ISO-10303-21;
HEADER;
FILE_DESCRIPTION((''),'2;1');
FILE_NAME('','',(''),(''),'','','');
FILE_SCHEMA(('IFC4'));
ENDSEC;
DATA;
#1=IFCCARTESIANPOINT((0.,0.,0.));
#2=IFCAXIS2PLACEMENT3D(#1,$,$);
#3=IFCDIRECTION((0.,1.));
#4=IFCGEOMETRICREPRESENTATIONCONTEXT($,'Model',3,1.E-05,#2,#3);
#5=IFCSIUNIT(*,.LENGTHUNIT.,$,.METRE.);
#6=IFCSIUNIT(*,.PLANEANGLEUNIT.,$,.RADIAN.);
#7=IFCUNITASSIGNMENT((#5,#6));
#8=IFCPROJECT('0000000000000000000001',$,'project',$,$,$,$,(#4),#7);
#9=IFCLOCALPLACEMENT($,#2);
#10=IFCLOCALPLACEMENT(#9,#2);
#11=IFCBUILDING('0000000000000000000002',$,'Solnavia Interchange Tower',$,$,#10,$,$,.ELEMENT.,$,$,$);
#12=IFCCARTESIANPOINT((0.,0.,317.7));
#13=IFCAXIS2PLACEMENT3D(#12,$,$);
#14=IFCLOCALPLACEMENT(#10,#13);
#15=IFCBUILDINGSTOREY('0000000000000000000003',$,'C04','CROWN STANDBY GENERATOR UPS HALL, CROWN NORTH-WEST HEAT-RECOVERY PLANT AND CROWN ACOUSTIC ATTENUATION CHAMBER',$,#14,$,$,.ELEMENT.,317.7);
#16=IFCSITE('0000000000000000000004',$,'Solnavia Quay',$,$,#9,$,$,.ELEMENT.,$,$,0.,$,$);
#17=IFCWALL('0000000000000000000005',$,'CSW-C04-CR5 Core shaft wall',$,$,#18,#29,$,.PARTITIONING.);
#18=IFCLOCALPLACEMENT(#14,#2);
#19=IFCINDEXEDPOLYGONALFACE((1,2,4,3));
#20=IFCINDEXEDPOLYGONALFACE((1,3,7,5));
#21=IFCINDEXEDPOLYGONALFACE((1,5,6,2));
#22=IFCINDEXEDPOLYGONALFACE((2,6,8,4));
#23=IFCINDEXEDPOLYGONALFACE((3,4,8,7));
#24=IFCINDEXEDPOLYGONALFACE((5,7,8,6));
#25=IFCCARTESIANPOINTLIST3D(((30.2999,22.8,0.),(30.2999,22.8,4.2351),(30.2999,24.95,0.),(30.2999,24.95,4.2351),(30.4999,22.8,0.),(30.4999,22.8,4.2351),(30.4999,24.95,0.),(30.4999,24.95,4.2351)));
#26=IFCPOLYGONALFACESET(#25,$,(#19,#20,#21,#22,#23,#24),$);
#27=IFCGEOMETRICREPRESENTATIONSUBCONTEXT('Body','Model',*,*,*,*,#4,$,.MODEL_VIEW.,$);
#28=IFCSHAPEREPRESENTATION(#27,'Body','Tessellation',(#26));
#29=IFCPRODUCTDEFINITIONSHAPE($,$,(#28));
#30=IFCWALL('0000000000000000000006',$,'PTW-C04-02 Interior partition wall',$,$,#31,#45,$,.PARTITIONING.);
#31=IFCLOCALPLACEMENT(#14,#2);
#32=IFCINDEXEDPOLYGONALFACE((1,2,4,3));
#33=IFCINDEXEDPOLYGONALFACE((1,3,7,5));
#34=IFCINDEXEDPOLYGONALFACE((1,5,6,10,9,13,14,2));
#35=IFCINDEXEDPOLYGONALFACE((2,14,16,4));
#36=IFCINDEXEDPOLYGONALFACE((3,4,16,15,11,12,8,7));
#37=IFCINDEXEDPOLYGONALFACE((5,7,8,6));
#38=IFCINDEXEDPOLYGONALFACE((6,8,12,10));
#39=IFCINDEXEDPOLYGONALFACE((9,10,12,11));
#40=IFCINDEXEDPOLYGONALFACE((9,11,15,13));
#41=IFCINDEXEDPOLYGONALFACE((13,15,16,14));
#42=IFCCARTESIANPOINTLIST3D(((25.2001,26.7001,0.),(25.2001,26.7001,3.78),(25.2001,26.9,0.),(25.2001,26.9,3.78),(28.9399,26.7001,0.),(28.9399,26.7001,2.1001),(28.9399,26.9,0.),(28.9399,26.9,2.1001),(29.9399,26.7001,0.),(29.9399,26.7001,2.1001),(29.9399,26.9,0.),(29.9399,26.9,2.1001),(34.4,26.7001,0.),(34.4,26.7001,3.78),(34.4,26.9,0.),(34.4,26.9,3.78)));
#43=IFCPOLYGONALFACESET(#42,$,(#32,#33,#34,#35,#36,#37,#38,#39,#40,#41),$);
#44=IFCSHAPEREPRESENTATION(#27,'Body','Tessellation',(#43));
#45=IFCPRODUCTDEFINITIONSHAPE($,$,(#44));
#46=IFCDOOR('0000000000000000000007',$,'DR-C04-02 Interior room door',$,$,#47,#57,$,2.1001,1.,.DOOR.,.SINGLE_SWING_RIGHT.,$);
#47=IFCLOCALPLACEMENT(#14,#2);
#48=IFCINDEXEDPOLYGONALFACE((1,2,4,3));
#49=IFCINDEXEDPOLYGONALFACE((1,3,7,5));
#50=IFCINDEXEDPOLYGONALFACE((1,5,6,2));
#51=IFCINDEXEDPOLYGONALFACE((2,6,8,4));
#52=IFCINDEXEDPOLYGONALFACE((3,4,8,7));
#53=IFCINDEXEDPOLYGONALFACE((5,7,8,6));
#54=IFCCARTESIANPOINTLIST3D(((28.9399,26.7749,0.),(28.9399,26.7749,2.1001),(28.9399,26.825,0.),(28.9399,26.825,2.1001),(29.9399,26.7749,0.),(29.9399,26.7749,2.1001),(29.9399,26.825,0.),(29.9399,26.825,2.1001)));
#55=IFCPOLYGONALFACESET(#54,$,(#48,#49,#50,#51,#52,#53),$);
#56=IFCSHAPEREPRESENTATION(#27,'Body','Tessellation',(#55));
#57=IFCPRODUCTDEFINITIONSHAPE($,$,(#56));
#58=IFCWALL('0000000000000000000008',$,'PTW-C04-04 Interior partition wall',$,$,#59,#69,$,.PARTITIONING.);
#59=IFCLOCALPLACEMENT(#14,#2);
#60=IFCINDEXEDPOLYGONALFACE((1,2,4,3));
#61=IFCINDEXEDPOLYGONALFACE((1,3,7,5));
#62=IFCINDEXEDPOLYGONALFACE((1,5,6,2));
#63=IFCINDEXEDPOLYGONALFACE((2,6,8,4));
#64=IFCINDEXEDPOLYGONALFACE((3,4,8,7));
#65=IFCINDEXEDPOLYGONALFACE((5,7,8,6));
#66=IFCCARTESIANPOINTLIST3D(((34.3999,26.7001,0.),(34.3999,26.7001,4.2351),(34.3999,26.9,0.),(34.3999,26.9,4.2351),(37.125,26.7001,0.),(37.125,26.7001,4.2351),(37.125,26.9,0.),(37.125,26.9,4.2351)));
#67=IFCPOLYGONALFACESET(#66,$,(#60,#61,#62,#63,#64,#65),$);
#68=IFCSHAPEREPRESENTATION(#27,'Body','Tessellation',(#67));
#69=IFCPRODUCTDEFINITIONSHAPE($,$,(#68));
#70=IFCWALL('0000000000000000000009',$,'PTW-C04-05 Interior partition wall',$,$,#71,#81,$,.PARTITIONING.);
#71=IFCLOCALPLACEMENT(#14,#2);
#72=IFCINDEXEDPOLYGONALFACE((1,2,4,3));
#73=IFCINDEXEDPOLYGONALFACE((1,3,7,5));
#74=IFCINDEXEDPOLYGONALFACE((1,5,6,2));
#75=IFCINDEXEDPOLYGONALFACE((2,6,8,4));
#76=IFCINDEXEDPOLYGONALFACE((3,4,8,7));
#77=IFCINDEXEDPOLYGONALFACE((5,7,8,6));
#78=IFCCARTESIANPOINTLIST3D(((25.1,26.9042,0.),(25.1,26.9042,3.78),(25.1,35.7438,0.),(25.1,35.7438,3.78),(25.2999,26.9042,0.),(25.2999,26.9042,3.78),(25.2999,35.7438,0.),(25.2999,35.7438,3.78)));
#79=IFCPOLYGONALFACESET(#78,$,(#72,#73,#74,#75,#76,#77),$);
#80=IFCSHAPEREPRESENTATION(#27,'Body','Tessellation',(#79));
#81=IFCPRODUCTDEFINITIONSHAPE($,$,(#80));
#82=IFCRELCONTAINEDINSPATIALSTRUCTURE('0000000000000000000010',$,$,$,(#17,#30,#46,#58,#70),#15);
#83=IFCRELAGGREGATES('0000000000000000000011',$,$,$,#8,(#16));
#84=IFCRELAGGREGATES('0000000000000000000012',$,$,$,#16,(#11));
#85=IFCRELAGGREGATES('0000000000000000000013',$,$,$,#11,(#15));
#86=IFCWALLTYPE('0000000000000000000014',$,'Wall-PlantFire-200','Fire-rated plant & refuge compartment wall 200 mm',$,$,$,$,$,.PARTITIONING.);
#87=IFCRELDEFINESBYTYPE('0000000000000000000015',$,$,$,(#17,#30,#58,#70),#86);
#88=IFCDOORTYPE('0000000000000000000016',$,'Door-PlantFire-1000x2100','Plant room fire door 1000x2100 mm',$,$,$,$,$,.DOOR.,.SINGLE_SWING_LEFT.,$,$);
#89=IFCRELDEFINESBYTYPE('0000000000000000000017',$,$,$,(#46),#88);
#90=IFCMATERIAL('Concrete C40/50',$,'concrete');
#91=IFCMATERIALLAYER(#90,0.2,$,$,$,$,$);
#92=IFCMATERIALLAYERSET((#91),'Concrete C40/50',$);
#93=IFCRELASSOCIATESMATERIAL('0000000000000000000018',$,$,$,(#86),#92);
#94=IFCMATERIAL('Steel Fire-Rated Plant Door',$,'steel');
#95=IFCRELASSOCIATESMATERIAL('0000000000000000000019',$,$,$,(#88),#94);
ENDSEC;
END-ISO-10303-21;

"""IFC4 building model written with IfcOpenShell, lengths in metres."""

from ifc_helpers import new_model, si_unit, direction, frame, frame_2d, origin, place, context, subcontext, project, spatial, rectangle, extrude, material, layer, layer_set, type_object, element, fill, save


model = new_model("IFC4")

# Units and contexts
model_context = context("Model", 3, precision=1e-05, world=origin(), true_north=direction((0.0, 1.0)))
body_context = subcontext(model_context, "Body", "Model", "MODEL_VIEW")
ifc_project = project(units=[si_unit("LENGTHUNIT", "METRE"), si_unit("PLANEANGLEUNIT", "RADIAN")], contexts=[model_context])

# Site, building, storey
site_placement = place(None, origin())
site = spatial("IfcSite", under=ifc_project, at=site_placement, Name="Solnavia Quay", CompositionType="ELEMENT", RefElevation=0.0)
building_placement = place(site_placement, origin())
building = spatial("IfcBuilding", under=site, at=building_placement, Name="Solnavia Interchange Tower", CompositionType="ELEMENT")
storey_placement = place(building_placement, frame((0.0, 0.0, 317.7)))
storey = spatial("IfcBuildingStorey", under=building, at=storey_placement, Name="C04", Description="CROWN STANDBY GENERATOR UPS HALL, CROWN NORTH-WEST HEAT-RECOVERY PLANT AND CROWN ACOUSTIC ATTENUATION CHAMBER", CompositionType="ELEMENT", Elevation=317.7)

# Wall
ifc_material_1 = material(Name="Concrete C40/50", Category="concrete")
ifc_layer_1 = layer(ifc_material_1, 0.2)
ifc_layer_set_1 = layer_set([ifc_layer_1], Name="Concrete C40/50")
wall_type = type_object("IfcWallType", Name="Wall-PlantFire-200", Description="Fire-rated plant & refuge compartment wall 200 mm", PredefinedType="PARTITIONING", material=ifc_layer_set_1)
wall_1_placement = place(storey_placement, frame((30.3999, 22.8, 0.0), z_axis=(0.0, 0.0, 1.0), x_axis=(0.0, 1.0, 0.0)))
element("IfcWall", 1, at=wall_1_placement, inside=storey, type_object=wall_type, Name="CSW-C04-CR5 Core shaft wall", PredefinedType="PARTITIONING", context=body_context, shape_type="SweptSolid", body=[
    extrude(rectangle(XDim=2.1499, YDim=0.2, at=frame_2d((1.075, 0.0))), origin(), (0.0, 0.0, 1.0), 4.2351),
])

# Wall, opening, door
wall_2_placement = place(storey_placement, frame((25.2, 26.8, 0.0), z_axis=(0.0, 0.0, 1.0), x_axis=(1.0, 0.0, 0.0)))
wall_2 = element("IfcWall", 2, at=wall_2_placement, inside=storey, type_object=wall_type, Name="PTW-C04-02 Interior partition wall", PredefinedType="PARTITIONING", context=body_context, shape_type="SweptSolid", body=[
    extrude(rectangle(XDim=9.2, YDim=0.2, at=frame_2d((4.6001, 0.0))), origin(), (0.0, 0.0, 1.0), 3.78),
])
opening_placement = place(wall_2_placement, frame((3.74, 0.0, 0.0)))
opening = element("IfcOpeningElement", 3, at=opening_placement, cuts=wall_2, PredefinedType="OPENING", context=body_context, shape_type="SweptSolid", body=[
    extrude(rectangle(XDim=1.0, YDim=2.1001, at=frame_2d((0.5, 1.05))), frame((0.0, 0.1099, 0.0), z_axis=(0.0, -1.0, 0.0), x_axis=(1.0, 0.0, 0.0)), (0.0, 0.0, 1.0), 0.22),
])
ifc_material_2 = material(Name="Steel Fire-Rated Plant Door", Category="steel")
door_type = type_object("IfcDoorType", Name="Door-PlantFire-1000x2100", Description="Plant room fire door 1000x2100 mm", OperationType="SINGLE_SWING_LEFT", PredefinedType="DOOR", material=ifc_material_2)
door_placement = place(opening_placement, origin())
door = element("IfcDoor", 4, at=door_placement, inside=storey, type_object=door_type, Name="DR-C04-02 Interior room door", OperationType="SINGLE_SWING_RIGHT", OverallHeight=2.1001, OverallWidth=1.0, PredefinedType="DOOR", context=body_context, shape_type="SweptSolid", body=[
    extrude(rectangle(XDim=1.0, YDim=2.1001, at=frame_2d((0.5, 1.05))), frame((0.0, 0.0249, 0.0), z_axis=(0.0, -1.0, 0.0), x_axis=(1.0, 0.0, 0.0)), (0.0, 0.0, 1.0), 0.05),
])
fill(opening, door)

# Walls
wall_3_placement = place(storey_placement, frame((34.3999, 26.8, 0.0), z_axis=(0.0, 0.0, 1.0), x_axis=(1.0, 0.0, 0.0)))
element("IfcWall", 5, at=wall_3_placement, inside=storey, type_object=wall_type, Name="PTW-C04-04 Interior partition wall", PredefinedType="PARTITIONING", context=body_context, shape_type="SweptSolid", body=[
    extrude(rectangle(XDim=2.7251, YDim=0.2, at=frame_2d((1.3625, 0.0))), origin(), (0.0, 0.0, 1.0), 4.2351),
])
wall_4_placement = place(storey_placement, frame((25.2, 26.9041, 0.0), z_axis=(0.0, 0.0, 1.0), x_axis=(0.0, 1.0, 0.0)))
element("IfcWall", 6, at=wall_4_placement, inside=storey, type_object=wall_type, Name="PTW-C04-05 Interior partition wall", PredefinedType="PARTITIONING", context=body_context, shape_type="SweptSolid", body=[
    extrude(rectangle(XDim=8.8396, YDim=0.2, at=frame_2d((4.4199, 0.0))), origin(), (0.0, 0.0, 1.0), 3.78),
])

save(model, "model.ifc")
